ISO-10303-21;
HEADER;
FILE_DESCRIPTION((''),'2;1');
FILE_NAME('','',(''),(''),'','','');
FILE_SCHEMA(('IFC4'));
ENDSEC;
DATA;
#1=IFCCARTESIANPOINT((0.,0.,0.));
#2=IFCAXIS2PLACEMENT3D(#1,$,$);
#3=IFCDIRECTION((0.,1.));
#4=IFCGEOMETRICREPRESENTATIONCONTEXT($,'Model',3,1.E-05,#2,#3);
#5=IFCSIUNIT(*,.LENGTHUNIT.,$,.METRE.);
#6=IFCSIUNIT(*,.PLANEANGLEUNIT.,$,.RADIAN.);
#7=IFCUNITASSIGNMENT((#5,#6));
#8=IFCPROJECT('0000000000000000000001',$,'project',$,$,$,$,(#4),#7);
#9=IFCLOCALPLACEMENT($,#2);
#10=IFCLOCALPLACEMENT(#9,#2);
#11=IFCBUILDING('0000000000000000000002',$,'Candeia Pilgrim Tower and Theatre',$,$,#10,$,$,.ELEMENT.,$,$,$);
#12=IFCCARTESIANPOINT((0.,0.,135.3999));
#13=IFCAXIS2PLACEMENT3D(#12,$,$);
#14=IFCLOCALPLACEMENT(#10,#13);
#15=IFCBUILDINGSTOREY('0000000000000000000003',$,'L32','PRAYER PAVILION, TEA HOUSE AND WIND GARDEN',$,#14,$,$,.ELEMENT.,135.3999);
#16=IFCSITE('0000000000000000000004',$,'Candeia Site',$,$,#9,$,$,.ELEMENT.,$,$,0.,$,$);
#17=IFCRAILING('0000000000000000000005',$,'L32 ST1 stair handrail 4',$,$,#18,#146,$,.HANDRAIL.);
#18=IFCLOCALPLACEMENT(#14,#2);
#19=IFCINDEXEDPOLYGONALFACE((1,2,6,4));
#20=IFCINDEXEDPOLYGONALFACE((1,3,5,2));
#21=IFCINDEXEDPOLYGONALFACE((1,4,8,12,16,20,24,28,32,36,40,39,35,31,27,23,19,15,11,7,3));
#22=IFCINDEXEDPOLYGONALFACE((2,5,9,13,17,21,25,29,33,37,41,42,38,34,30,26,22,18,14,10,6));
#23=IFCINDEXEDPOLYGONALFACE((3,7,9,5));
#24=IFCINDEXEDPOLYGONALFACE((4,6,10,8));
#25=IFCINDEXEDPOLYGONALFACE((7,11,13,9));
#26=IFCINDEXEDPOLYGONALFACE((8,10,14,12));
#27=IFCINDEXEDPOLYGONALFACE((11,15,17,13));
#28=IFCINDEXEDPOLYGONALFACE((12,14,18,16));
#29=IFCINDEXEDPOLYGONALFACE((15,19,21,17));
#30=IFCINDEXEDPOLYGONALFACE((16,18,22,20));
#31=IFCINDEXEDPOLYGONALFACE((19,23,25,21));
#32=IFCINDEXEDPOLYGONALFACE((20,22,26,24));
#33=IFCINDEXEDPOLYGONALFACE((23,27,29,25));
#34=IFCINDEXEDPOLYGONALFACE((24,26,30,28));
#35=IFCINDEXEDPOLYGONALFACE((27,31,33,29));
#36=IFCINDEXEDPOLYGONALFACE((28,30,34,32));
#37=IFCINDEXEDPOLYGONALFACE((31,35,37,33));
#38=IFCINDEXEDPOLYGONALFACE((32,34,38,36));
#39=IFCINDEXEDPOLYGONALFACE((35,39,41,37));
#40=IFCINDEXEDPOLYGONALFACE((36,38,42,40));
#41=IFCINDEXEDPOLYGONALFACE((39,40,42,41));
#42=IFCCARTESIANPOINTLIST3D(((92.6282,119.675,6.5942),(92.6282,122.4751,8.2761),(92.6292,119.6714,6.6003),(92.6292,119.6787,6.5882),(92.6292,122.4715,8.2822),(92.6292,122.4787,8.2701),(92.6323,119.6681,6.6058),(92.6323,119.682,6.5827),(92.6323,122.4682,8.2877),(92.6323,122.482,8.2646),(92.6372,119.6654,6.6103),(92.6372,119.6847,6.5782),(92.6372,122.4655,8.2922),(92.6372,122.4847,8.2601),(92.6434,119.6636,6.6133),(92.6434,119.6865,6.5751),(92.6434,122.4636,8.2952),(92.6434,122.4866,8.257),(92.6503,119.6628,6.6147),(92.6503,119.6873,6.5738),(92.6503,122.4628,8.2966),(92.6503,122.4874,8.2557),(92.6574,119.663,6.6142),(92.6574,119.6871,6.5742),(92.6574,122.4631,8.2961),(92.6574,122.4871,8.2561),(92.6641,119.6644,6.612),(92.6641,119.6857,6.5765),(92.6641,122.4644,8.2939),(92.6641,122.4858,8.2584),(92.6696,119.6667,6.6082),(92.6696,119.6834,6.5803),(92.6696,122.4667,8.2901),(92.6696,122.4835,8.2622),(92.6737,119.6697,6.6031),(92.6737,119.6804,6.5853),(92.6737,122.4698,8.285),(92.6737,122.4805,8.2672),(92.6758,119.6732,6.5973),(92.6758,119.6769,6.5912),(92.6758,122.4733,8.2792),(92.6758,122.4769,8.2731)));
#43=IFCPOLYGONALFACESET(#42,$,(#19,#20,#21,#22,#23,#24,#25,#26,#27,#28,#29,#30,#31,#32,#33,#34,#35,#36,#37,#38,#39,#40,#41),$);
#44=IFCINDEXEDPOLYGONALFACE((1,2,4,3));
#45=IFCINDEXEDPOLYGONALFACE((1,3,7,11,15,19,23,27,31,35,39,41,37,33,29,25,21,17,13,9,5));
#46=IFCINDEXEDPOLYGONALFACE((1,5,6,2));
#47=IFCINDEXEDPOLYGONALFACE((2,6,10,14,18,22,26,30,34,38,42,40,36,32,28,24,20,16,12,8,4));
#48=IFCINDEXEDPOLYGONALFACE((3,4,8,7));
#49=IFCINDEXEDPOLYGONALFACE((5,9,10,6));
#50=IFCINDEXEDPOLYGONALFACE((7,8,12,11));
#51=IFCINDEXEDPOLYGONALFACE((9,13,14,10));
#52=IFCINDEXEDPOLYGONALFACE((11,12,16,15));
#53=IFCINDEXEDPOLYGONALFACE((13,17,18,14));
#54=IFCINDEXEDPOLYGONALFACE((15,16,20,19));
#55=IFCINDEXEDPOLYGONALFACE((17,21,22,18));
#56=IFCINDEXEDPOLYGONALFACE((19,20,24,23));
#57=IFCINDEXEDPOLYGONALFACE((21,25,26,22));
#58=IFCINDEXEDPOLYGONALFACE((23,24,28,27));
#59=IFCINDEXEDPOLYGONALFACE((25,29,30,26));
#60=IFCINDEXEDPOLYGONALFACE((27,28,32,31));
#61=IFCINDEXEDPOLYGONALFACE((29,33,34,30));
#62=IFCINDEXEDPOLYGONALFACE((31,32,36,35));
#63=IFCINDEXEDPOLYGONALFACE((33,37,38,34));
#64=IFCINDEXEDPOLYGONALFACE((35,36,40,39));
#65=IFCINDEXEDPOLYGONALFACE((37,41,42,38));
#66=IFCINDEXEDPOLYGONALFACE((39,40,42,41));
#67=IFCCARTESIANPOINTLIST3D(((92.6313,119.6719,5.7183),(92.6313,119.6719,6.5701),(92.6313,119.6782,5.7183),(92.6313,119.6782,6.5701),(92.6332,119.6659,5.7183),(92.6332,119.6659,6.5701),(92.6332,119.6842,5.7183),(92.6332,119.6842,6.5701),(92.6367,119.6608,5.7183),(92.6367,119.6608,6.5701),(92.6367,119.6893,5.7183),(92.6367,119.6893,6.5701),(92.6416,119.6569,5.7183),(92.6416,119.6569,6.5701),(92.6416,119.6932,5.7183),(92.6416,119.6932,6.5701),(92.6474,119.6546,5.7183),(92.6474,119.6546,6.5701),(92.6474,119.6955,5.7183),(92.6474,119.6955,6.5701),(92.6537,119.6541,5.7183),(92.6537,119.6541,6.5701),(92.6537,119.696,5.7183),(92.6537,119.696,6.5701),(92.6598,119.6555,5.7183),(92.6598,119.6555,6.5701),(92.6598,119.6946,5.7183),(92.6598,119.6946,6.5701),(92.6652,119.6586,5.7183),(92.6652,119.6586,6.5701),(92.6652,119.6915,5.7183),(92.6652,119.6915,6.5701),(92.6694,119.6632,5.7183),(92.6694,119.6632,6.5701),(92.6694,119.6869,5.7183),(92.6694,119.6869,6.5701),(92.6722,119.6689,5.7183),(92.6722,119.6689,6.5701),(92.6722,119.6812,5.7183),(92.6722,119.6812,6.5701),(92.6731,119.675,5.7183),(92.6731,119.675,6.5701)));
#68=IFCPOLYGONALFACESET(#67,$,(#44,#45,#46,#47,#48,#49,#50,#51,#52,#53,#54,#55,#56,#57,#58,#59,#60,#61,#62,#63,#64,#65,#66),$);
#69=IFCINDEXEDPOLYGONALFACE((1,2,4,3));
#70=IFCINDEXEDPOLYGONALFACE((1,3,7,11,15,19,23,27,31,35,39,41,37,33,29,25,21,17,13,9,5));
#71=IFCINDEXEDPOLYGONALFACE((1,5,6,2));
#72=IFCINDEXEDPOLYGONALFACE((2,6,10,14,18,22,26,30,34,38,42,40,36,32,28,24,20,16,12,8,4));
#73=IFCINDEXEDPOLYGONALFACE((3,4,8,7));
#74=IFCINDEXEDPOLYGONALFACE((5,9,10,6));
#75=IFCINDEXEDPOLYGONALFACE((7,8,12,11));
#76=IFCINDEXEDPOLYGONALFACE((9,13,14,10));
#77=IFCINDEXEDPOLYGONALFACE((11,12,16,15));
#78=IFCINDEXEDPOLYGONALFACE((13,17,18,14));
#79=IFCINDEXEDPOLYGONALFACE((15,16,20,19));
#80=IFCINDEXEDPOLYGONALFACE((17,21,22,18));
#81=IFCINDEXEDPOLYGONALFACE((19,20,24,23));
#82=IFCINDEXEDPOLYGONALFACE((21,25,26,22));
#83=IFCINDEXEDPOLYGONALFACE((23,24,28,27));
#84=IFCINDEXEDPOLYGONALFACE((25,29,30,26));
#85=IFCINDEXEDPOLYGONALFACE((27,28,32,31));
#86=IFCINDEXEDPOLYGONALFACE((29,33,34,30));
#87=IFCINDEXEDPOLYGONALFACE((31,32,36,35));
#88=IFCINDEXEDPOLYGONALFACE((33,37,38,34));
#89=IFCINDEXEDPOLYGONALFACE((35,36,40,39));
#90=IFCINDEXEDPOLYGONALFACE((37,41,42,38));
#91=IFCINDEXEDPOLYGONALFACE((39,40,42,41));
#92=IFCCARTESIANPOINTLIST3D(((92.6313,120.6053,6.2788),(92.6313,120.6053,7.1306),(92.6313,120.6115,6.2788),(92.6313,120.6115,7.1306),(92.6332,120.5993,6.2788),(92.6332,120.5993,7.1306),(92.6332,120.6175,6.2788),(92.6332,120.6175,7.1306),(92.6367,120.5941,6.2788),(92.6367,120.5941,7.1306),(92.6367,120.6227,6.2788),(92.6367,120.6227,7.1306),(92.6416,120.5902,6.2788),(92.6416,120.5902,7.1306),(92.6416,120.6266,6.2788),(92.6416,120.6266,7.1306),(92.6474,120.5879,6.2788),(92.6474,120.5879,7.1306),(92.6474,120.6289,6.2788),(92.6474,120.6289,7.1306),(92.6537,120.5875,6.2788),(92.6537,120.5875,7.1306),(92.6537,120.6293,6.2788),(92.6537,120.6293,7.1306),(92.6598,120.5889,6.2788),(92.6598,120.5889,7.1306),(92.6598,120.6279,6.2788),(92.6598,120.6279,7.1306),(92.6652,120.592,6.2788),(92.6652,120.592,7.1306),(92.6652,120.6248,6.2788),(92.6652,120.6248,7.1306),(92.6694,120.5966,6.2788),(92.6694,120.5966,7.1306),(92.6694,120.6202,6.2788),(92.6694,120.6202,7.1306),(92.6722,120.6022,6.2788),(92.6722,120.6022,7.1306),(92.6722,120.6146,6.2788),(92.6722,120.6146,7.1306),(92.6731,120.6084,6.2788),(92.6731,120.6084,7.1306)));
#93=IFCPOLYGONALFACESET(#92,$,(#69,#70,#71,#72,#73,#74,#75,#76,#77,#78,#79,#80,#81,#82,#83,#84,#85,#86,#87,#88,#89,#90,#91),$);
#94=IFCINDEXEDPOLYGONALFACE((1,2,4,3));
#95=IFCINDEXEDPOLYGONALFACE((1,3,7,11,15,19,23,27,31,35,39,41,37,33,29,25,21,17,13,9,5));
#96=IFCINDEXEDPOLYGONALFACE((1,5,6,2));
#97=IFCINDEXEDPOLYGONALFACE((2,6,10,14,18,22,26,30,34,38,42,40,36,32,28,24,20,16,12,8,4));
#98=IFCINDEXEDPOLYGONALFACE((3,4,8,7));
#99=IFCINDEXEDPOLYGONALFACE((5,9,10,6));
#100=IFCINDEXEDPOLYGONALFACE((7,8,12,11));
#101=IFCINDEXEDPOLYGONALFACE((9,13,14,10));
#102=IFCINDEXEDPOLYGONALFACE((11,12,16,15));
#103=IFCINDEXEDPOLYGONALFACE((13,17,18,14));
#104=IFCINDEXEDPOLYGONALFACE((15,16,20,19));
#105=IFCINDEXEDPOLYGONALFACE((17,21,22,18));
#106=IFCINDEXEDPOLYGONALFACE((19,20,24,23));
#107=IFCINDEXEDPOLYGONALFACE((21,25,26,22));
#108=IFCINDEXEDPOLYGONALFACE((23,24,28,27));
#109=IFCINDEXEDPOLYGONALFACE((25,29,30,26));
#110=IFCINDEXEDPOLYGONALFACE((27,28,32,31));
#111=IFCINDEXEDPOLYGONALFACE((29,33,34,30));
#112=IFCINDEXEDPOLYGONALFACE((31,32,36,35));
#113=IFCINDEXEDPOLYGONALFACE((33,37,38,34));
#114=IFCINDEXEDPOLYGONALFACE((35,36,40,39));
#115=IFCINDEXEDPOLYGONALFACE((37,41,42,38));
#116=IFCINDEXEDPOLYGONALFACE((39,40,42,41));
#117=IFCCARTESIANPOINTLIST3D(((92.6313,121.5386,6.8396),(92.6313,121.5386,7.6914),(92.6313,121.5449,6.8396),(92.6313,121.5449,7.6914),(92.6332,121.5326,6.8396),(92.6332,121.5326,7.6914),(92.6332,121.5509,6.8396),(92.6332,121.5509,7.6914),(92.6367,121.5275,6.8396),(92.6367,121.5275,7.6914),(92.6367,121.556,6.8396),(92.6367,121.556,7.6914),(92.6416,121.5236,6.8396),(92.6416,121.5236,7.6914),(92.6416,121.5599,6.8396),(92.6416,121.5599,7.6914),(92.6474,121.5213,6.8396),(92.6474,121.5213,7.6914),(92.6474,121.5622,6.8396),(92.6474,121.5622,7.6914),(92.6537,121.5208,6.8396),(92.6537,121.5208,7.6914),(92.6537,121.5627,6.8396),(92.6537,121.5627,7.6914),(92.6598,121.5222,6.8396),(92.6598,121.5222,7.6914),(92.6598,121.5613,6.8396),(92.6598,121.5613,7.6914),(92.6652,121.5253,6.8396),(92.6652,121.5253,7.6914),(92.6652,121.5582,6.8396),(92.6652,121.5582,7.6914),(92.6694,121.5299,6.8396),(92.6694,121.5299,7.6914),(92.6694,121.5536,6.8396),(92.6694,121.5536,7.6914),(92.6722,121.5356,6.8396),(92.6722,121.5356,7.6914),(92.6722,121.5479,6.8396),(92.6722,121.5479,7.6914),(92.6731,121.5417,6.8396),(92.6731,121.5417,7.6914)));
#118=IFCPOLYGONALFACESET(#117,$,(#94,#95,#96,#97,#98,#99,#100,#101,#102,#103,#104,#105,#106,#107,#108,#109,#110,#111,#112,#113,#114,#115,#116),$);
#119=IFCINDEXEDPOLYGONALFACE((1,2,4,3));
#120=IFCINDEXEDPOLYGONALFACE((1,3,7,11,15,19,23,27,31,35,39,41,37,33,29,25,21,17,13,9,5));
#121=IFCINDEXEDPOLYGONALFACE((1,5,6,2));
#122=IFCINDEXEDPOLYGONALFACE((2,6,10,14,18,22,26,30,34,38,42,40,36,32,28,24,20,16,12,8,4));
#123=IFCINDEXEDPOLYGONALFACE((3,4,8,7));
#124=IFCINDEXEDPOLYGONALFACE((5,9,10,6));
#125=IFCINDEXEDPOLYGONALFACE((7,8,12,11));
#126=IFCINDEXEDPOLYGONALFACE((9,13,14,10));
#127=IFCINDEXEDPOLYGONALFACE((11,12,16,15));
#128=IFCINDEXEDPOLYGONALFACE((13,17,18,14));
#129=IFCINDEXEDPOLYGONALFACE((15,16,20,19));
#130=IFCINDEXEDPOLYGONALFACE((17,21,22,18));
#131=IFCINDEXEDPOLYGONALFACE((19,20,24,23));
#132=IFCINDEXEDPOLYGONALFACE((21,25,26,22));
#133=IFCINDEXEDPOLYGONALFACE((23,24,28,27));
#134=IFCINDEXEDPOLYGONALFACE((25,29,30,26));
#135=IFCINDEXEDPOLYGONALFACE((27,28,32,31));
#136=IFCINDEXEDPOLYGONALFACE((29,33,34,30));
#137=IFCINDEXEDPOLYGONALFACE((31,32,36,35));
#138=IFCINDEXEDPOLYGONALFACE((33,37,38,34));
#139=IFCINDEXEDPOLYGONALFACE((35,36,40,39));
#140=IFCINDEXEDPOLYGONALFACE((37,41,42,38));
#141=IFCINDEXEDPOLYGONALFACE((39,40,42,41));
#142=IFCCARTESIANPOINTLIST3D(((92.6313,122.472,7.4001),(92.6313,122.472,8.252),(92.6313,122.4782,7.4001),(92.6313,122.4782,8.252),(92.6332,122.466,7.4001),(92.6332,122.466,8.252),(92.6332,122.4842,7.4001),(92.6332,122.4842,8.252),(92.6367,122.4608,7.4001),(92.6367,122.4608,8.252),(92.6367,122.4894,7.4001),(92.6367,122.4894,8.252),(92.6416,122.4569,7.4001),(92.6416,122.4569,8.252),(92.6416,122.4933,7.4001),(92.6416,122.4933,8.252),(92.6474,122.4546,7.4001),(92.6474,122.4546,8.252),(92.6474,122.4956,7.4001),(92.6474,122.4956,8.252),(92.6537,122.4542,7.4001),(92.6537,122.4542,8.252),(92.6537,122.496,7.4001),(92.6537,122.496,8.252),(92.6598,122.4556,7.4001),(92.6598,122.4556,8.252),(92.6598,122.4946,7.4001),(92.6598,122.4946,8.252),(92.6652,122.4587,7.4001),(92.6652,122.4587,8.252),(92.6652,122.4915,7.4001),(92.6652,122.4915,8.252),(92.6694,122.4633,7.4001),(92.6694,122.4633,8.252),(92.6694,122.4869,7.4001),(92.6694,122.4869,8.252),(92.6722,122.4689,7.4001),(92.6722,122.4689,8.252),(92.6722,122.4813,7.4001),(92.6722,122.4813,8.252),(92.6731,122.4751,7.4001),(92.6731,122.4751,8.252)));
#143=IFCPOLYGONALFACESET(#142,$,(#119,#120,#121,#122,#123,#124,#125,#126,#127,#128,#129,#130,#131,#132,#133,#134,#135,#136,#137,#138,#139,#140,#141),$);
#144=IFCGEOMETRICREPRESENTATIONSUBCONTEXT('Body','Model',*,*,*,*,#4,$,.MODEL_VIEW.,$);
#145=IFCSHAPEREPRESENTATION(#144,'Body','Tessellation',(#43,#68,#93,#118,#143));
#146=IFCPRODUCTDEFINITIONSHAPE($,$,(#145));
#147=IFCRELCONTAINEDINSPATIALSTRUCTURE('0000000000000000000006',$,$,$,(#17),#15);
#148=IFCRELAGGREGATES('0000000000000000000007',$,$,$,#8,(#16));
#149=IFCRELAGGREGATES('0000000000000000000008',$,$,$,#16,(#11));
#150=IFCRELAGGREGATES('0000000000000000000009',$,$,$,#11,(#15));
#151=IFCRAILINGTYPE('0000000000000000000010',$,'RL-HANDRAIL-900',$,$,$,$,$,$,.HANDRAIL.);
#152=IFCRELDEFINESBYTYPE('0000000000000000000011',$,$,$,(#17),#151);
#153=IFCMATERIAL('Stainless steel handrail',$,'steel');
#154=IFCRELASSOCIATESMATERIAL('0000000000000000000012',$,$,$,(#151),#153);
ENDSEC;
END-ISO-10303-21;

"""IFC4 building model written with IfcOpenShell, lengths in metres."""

from ifc_helpers import new_model, si_unit, direction, frame, origin, origin_2d, place, context, subcontext, project, spatial, circle, extrude, material, type_object, element, save


model = new_model("IFC4")

# Units and contexts
model_context = context("Model", 3, precision=1e-05, world=origin(), true_north=direction((0.0, 1.0)))
body_context = subcontext(model_context, "Body", "Model", "MODEL_VIEW")
ifc_project = project(units=[si_unit("LENGTHUNIT", "METRE"), si_unit("PLANEANGLEUNIT", "RADIAN")], contexts=[model_context])

# Site, building, storey
site_placement = place(None, origin())
site = spatial("IfcSite", under=ifc_project, at=site_placement, Name="Candeia Site", CompositionType="ELEMENT", RefElevation=0.0)
building_placement = place(site_placement, origin())
building = spatial("IfcBuilding", under=site, at=building_placement, Name="Candeia Pilgrim Tower and Theatre", CompositionType="ELEMENT")
storey_placement = place(building_placement, frame((0.0, 0.0, 135.3999)))
storey = spatial("IfcBuildingStorey", under=building, at=storey_placement, Name="L32", Description="PRAYER PAVILION, TEA HOUSE AND WIND GARDEN", CompositionType="ELEMENT", Elevation=135.3999)

# Railing
ifc_material_1 = material(Name="Stainless steel handrail", Category="steel")
railing_type_1 = type_object("IfcRailingType", Name="RL-HANDRAIL-900", PredefinedType="HANDRAIL", material=ifc_material_1)
for number, where, name in (
    (1, (92.6521, 119.675, 5.7183), "L32 ST1 stair handrail 4"),
):
    element("IfcRailing", number, at=place(storey_placement, frame(where)), inside=storey, type_object=railing_type_1, Name=name, PredefinedType="HANDRAIL", context=body_context, shape_type="SweptSolid", body=[
        extrude(circle(Radius=0.0239, at=origin_2d()), frame((0.0, 0.0, 0.876), z_axis=(0.0, 0.857242, 0.514913), x_axis=(-1.0, 0.0, 0.0)), (0.0, 0.0, 1.0), 3.2664),
        extrude(circle(Radius=0.021, at=origin_2d()), origin(), (0.0, 0.0, 1.0), 0.8518),
        extrude(circle(Radius=0.021, at=origin_2d()), frame((0.0, 0.9333, 0.5605)), (0.0, 0.0, 1.0), 0.8518),
        extrude(circle(Radius=0.021, at=origin_2d()), frame((0.0, 1.8667, 1.1213)), (0.0, 0.0, 1.0), 0.8518),
        extrude(circle(Radius=0.021, at=origin_2d()), frame((0.0, 2.8, 1.6819)), (0.0, 0.0, 1.0), 0.8518),
    ])

save(model, "model.ifc")
